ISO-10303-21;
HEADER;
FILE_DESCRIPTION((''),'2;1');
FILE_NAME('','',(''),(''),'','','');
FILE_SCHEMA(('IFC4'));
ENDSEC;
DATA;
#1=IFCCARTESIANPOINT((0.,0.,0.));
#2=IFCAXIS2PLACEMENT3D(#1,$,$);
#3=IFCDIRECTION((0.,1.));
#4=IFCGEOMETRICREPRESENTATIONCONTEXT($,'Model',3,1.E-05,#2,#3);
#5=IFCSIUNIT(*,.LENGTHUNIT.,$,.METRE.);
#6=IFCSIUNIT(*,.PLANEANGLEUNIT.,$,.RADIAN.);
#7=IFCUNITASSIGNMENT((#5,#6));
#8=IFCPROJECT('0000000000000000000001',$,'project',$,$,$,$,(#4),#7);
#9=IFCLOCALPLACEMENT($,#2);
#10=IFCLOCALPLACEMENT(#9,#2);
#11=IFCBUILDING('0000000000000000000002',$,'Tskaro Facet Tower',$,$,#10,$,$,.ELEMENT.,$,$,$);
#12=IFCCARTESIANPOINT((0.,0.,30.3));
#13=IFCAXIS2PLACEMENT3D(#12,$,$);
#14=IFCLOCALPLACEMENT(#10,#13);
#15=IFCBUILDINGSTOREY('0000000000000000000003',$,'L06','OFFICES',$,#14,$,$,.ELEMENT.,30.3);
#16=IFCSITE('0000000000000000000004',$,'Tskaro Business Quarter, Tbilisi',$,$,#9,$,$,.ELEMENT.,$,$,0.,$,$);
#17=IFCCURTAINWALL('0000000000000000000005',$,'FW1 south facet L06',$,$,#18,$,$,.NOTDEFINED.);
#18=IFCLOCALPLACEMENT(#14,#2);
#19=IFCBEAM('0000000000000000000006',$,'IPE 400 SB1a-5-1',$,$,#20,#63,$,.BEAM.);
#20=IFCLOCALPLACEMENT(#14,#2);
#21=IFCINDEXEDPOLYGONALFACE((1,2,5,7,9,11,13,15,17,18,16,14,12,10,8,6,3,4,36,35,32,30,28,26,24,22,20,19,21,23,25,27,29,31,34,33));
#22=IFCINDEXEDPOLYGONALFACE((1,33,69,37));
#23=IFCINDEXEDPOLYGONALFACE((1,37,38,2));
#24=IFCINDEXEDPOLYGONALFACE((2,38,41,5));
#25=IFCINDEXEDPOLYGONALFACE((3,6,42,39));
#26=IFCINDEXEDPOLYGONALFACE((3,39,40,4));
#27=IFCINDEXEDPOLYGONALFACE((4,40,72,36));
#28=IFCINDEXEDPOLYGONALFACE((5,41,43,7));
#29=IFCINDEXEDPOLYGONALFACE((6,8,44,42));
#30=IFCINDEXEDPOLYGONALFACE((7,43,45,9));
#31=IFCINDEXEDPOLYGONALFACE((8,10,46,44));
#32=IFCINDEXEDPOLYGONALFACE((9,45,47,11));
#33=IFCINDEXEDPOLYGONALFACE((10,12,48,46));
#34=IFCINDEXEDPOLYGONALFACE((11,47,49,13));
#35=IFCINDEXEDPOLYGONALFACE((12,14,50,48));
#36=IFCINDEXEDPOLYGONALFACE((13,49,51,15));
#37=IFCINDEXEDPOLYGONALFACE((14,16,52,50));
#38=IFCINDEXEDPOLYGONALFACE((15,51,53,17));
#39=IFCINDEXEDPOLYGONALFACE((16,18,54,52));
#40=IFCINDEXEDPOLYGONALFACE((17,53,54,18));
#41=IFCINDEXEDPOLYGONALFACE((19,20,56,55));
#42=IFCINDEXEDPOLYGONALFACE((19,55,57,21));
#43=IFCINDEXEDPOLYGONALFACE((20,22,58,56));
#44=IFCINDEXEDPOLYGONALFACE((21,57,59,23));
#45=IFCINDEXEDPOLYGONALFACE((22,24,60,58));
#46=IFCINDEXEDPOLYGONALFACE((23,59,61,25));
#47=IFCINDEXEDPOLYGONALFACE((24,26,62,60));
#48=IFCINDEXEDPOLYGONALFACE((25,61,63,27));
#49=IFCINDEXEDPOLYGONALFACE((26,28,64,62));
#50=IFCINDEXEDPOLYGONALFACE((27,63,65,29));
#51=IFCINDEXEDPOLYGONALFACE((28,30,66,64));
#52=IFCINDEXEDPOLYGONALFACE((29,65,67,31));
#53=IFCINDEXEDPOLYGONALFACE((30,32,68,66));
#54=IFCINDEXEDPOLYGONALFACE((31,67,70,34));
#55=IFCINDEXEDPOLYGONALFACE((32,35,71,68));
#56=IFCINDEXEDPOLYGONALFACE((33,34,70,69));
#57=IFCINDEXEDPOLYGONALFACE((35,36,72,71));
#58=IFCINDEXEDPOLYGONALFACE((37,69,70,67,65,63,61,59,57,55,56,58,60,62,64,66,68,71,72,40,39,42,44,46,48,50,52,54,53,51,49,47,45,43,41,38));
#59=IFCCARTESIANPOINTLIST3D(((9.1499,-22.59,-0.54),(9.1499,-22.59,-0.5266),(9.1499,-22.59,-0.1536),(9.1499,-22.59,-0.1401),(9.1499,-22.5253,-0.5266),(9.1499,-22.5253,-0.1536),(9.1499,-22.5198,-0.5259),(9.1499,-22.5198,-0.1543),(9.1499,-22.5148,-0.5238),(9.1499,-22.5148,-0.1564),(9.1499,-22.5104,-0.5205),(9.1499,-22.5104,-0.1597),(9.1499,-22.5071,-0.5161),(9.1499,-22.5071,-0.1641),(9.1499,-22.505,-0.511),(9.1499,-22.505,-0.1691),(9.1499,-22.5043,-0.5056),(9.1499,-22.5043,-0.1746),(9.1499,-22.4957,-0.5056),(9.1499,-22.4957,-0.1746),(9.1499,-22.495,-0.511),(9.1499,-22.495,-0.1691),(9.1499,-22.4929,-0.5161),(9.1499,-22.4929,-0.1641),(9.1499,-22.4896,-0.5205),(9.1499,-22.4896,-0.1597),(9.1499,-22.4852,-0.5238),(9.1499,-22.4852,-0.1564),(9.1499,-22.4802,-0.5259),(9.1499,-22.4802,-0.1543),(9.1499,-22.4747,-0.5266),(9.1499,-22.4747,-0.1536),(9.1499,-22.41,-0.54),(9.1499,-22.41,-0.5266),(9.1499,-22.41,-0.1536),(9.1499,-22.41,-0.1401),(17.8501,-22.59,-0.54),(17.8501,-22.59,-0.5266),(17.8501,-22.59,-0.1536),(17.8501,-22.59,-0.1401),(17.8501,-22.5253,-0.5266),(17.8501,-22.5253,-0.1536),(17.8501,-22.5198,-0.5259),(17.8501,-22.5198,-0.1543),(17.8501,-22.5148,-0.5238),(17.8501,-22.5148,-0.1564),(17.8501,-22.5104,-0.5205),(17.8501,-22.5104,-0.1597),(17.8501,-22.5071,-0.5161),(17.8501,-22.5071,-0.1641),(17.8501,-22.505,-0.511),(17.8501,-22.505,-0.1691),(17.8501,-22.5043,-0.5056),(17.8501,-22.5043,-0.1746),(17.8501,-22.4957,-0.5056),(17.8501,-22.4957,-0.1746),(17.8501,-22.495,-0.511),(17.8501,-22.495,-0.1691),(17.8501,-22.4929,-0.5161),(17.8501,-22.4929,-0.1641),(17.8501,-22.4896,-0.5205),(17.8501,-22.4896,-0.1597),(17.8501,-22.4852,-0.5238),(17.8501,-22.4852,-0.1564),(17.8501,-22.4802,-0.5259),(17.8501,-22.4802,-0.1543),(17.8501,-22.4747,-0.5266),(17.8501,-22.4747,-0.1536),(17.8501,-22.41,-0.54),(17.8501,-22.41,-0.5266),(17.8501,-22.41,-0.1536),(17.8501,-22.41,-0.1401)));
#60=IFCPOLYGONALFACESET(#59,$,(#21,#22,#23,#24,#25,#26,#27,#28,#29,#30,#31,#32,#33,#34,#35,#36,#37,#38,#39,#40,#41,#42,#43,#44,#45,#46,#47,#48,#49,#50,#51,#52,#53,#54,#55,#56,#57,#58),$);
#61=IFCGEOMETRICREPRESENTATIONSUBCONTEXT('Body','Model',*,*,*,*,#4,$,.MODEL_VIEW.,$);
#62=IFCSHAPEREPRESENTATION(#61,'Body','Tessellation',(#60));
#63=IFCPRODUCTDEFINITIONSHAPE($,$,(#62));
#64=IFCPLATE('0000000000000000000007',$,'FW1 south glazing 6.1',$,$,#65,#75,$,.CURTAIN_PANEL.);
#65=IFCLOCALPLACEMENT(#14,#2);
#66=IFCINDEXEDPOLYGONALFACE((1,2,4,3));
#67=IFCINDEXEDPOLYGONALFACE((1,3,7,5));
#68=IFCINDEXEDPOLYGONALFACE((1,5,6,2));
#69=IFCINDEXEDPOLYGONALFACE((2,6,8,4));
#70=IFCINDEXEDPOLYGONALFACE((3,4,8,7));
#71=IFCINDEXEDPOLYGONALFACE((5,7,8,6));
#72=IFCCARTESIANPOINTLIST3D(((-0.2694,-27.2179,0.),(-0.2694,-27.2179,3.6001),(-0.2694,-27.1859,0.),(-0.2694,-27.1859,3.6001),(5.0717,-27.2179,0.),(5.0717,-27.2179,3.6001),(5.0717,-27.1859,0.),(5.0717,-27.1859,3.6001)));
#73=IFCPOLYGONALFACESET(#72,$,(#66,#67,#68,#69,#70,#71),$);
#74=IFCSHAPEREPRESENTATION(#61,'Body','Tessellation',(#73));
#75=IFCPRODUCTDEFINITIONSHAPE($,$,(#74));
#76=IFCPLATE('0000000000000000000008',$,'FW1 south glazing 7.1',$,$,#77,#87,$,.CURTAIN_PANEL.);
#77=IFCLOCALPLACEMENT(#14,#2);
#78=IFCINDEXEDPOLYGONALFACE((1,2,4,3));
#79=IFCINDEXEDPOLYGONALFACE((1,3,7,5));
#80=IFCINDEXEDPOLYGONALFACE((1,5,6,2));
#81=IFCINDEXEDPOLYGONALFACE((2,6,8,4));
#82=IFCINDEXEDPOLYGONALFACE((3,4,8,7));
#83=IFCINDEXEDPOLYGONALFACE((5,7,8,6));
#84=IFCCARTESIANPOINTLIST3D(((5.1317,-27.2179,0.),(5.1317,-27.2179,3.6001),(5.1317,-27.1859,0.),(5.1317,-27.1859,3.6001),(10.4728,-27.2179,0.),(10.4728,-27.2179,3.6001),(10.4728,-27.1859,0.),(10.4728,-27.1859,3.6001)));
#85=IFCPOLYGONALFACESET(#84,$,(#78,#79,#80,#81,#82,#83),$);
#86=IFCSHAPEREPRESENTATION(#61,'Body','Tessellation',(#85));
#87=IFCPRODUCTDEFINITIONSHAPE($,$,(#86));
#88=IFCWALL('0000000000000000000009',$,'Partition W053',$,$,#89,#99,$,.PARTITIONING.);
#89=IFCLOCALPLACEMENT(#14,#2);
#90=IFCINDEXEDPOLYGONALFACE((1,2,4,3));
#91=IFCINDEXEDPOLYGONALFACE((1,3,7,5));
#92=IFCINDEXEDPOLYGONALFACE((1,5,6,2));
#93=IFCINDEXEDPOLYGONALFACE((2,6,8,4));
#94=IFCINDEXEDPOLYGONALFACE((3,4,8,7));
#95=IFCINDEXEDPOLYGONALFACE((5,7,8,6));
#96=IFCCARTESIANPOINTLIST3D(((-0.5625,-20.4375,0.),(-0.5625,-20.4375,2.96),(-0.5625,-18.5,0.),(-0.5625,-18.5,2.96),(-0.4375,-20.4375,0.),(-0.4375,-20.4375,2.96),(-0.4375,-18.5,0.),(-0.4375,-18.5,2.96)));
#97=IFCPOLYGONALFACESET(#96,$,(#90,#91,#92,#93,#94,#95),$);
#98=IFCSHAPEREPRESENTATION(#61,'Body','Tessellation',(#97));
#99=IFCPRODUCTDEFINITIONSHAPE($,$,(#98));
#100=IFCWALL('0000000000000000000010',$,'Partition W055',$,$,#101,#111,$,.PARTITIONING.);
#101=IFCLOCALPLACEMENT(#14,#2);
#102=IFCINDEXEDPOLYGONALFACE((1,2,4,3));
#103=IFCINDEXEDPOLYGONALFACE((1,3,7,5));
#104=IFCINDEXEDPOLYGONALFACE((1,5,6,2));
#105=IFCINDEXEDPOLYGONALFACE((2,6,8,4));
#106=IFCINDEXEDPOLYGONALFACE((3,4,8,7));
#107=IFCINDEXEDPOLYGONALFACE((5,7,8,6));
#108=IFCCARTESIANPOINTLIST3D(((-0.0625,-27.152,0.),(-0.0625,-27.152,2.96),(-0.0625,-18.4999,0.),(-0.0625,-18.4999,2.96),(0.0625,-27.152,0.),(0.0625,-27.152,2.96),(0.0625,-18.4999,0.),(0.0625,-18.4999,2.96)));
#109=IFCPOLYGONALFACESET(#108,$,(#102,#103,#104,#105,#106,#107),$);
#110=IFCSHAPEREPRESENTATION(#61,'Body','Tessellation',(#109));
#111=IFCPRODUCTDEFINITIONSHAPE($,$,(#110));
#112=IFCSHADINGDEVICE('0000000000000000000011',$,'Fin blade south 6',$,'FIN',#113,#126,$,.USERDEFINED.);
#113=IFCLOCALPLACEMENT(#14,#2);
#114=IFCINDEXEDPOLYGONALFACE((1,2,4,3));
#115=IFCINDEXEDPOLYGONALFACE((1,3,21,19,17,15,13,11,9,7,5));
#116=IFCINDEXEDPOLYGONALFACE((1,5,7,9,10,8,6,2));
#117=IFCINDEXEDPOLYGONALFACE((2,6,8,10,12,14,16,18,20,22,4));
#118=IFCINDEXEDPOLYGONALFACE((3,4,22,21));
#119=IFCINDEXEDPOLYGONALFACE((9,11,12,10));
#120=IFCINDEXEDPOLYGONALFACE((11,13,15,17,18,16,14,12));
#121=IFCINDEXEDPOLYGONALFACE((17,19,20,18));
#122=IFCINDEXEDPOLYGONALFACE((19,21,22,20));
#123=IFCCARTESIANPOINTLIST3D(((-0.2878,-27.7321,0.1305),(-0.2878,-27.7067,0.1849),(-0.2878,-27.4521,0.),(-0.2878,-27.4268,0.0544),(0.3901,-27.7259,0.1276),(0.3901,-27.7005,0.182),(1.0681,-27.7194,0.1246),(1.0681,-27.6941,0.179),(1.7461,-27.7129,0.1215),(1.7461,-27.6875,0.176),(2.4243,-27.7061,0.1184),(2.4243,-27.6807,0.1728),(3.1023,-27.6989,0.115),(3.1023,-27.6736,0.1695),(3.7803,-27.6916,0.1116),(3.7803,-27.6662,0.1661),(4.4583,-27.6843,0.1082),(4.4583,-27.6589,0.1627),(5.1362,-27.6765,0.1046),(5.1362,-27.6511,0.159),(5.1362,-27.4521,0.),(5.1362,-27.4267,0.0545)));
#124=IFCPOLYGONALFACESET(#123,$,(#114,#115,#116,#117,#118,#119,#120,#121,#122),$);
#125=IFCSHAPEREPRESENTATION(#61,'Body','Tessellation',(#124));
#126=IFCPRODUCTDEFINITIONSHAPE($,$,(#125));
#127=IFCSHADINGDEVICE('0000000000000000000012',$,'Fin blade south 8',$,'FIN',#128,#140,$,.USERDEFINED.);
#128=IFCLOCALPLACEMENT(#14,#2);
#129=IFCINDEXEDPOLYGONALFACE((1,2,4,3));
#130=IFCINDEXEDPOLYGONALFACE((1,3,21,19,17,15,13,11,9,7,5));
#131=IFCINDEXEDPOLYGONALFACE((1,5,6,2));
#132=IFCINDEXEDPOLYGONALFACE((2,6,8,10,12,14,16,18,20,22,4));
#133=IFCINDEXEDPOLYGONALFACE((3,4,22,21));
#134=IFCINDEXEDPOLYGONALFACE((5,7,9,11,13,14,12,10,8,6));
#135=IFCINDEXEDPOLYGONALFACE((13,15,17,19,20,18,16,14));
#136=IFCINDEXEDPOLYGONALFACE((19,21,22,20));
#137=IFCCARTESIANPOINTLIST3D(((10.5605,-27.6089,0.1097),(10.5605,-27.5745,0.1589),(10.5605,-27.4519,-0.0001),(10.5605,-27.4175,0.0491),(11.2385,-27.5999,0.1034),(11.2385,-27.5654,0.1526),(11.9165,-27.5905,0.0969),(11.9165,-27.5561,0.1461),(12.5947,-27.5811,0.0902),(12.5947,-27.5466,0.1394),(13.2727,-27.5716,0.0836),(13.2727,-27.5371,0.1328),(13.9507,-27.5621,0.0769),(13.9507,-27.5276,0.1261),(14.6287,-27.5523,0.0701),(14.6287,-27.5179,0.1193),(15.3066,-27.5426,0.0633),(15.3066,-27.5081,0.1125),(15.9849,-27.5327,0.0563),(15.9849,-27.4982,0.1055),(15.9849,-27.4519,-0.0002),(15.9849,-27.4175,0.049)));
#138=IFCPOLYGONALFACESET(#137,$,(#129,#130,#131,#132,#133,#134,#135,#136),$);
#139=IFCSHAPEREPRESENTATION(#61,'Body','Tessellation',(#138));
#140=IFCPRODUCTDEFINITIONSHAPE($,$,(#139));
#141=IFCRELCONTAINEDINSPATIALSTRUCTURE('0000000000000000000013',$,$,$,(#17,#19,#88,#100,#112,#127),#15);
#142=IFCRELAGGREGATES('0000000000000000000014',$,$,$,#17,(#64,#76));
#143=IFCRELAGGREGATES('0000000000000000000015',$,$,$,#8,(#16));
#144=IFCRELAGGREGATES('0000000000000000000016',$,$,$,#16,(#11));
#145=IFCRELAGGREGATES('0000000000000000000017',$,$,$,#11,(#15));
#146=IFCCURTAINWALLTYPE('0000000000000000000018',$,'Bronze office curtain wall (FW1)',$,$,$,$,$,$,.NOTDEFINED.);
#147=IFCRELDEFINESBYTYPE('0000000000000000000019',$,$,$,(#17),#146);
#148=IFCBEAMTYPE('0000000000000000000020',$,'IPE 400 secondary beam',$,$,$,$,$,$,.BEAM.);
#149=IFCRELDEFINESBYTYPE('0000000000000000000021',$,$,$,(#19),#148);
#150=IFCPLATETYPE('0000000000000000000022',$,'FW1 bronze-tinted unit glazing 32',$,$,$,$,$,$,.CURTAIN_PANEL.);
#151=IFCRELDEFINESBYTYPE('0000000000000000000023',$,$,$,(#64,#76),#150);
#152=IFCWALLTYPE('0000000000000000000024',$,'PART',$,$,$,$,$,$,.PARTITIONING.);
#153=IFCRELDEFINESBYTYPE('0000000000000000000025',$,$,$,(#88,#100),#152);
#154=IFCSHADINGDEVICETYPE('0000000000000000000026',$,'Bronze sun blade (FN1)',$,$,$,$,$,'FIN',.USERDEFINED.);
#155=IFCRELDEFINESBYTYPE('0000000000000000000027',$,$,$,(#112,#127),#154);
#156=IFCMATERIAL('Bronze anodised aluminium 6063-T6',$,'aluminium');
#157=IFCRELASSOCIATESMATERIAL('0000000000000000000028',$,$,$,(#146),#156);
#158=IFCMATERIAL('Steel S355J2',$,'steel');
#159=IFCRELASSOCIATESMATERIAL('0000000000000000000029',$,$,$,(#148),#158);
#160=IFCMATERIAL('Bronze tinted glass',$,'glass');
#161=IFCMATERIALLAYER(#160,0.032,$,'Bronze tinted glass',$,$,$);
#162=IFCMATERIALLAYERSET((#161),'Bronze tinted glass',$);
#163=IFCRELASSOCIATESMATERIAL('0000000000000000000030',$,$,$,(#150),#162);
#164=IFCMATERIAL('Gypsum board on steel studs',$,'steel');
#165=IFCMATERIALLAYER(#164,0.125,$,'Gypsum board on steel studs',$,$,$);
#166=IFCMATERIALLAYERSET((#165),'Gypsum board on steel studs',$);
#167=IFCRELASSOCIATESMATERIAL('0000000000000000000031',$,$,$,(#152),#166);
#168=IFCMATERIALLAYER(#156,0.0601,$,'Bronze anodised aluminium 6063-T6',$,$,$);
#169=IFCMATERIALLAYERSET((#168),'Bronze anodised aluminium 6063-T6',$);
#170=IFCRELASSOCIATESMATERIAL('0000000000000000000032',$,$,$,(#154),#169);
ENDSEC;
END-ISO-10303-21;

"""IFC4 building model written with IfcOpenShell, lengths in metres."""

from ifc_helpers import new_model, si_unit, direction, frame, frame_2d, origin, origin_2d, place, context, subcontext, project, spatial, polyline, rectangle, i_section, outline, extrude, material, layer, layer_set, material_profile, profile_set, type_object, element, aggregate, save


model = new_model("IFC4")

# Units and contexts
model_context = context("Model", 3, precision=1e-05, world=origin(), true_north=direction((0.0, 1.0)))
body_context = subcontext(model_context, "Body", "Model", "MODEL_VIEW")
ifc_project = project(units=[si_unit("LENGTHUNIT", "METRE"), si_unit("PLANEANGLEUNIT", "RADIAN")], contexts=[model_context])

# Site, building, storey
site_placement = place(None, origin())
site = spatial("IfcSite", under=ifc_project, at=site_placement, Name="Tskaro Business Quarter, Tbilisi", CompositionType="ELEMENT", RefElevation=0.0)
building_placement = place(site_placement, origin())
building = spatial("IfcBuilding", under=site, at=building_placement, Name="Tskaro Facet Tower", CompositionType="ELEMENT")
storey_placement = place(building_placement, frame((0.0, 0.0, 30.3)))
storey = spatial("IfcBuildingStorey", under=building, at=storey_placement, Name="L06", Description="OFFICES", CompositionType="ELEMENT", Elevation=30.3)

# Curtain wall
ifc_material_1 = material(Name="Bronze anodised aluminium 6063-T6", Category="aluminium")
curtain_wall_type = type_object("IfcCurtainWallType", Name="Bronze office curtain wall (FW1)", PredefinedType="NOTDEFINED", material=ifc_material_1)
curtain_wall_placement = place(storey_placement, origin())
curtain_wall = element("IfcCurtainWall", 1, at=curtain_wall_placement, inside=storey, type_object=curtain_wall_type, Name="FW1 south facet L06", PredefinedType="NOTDEFINED")

# Beam
ifc_material_2 = material(Name="Steel S355J2", Category="steel")
ifc_material_profile_1 = material_profile(ifc_material_2, i_section(OverallWidth=0.1799, OverallDepth=0.3999, WebThickness=0.0085, FlangeThickness=0.0134, FilletRadius=0.021, at=origin_2d()), Name="IPE 400")
ifc_profile_set_1 = profile_set([ifc_material_profile_1], Name="Steel S355J2")
beam_type_1 = type_object("IfcBeamType", Name="IPE 400 secondary beam", PredefinedType="BEAM", material=ifc_profile_set_1)
for number, where, z_axis, x_axis, name in (
    (2, (9.1499, -22.5, -0.3401), (1.0, 0.0, 0.0), (0.0, 1.0, 0.0), "IPE 400 SB1a-5-1"),
):
    element("IfcBeam", number, at=place(storey_placement, frame(where, z_axis=z_axis, x_axis=x_axis)), inside=storey, type_object=beam_type_1, Name=name, PredefinedType="BEAM", context=body_context, shape_type="SweptSolid", body=[
        extrude(i_section(OverallWidth=0.1799, OverallDepth=0.3999, WebThickness=0.0085, FlangeThickness=0.0134, FilletRadius=0.021, at=origin_2d()), origin(), (0.0, 0.0, 1.0), 8.7002),
    ])

# Plates
ifc_material_3 = material(Name="Bronze tinted glass", Category="glass")
ifc_layer_1 = layer(ifc_material_3, 0.032, Name="Bronze tinted glass")
ifc_layer_set_1 = layer_set([ifc_layer_1], Name="Bronze tinted glass")
plate_type = type_object("IfcPlateType", Name="FW1 bronze-tinted unit glazing 32", PredefinedType="CURTAIN_PANEL", material=ifc_layer_set_1)
plate_1_placement = place(storey_placement, frame((2.4011, -27.2019, 0.0), z_axis=(0.0, 0.0, 1.0), x_axis=(1.0, 0.0, 0.0)))
plate_1 = element("IfcPlate", 3, at=plate_1_placement, type_object=plate_type, Name="FW1 south glazing 6.1", PredefinedType="CURTAIN_PANEL", context=body_context, shape_type="SweptSolid", body=[
    extrude(rectangle(XDim=5.3411, YDim=0.032, at=origin_2d()), origin(), (0.0, 0.0, 1.0), 3.6001),
])
plate_2_placement = place(storey_placement, frame((7.8022, -27.2019, 0.0), z_axis=(0.0, 0.0, 1.0), x_axis=(1.0, 0.0, 0.0)))
plate_2 = element("IfcPlate", 4, at=plate_2_placement, type_object=plate_type, Name="FW1 south glazing 7.1", PredefinedType="CURTAIN_PANEL", context=body_context, shape_type="SweptSolid", body=[
    extrude(rectangle(XDim=5.3411, YDim=0.032, at=origin_2d()), origin(), (0.0, 0.0, 1.0), 3.6001),
])
aggregate(curtain_wall, [plate_1, plate_2])

# Walls
ifc_material_4 = material(Name="Gypsum board on steel studs", Category="steel")
ifc_layer_2 = layer(ifc_material_4, 0.125, Name="Gypsum board on steel studs")
ifc_layer_set_2 = layer_set([ifc_layer_2], Name="Gypsum board on steel studs")
wall_type = type_object("IfcWallType", Name="PART", PredefinedType="PARTITIONING", material=ifc_layer_set_2)
wall_1_placement = place(storey_placement, frame((-0.5, -20.4375, 0.0), z_axis=(0.0, 0.0, 1.0), x_axis=(0.0, 1.0, 0.0)))
element("IfcWall", 5, at=wall_1_placement, inside=storey, type_object=wall_type, Name="Partition W053", PredefinedType="PARTITIONING", context=body_context, shape_type="SweptSolid", body=[
    extrude(rectangle(XDim=1.9375, YDim=0.125, at=frame_2d((0.9688, 0.0))), origin(), (0.0, 0.0, 1.0), 2.96),
])
wall_2_placement = place(storey_placement, frame((0.0, -27.1521, 0.0), z_axis=(0.0, 0.0, 1.0), x_axis=(0.0, 1.0, 0.0)))
element("IfcWall", 6, at=wall_2_placement, inside=storey, type_object=wall_type, Name="Partition W055", PredefinedType="PARTITIONING", context=body_context, shape_type="SweptSolid", body=[
    extrude(rectangle(XDim=8.6521, YDim=0.125, at=frame_2d((4.3262, 0.0))), origin(), (0.0, 0.0, 1.0), 2.96),
])

# Shading devices
ifc_layer_3 = layer(ifc_material_1, 0.0601, Name="Bronze anodised aluminium 6063-T6")
ifc_layer_set_3 = layer_set([ifc_layer_3], Name="Bronze anodised aluminium 6063-T6")
shading_device_type = type_object("IfcShadingDeviceType", Name="Bronze sun blade (FN1)", ElementType="FIN", PredefinedType="USERDEFINED", material=ifc_layer_set_3)
shading_device_1_placement = place(storey_placement, frame((-0.2878, -27.4268, 0.0544), z_axis=(-0.000007, 0.422407, 0.906406), x_axis=(1.0, 0.000003, 0.000006)))
element("IfcShadingDevice", 7, at=shading_device_1_placement, inside=storey, type_object=shading_device_type, Name="Fin blade south 6", ObjectType="FIN", PredefinedType="USERDEFINED", context=body_context, shape_type="SweptSolid", body=[
    extrude(outline(polyline([(0.0, 0.0), (5.4241, 0.0), (5.4241, -0.2475), (4.7461, -0.2561), (4.0681, -0.2642), (3.3901, -0.2723), (2.7122, -0.2802), (2.0339, -0.2877), (1.356, -0.2949), (0.678, -0.302), (0.0, -0.3089), (0.0, 0.0)])), origin(), (0.0, 0.0, -1.0), 0.0601),
])
shading_device_2_placement = place(storey_placement, frame((10.5605, -27.4175, 0.0491), z_axis=(0.000008, 0.573378, 0.819291), x_axis=(1.0, -0.000005, -0.000007)))
element("IfcShadingDevice", 8, at=shading_device_2_placement, inside=storey, type_object=shading_device_type, Name="Fin blade south 8", ObjectType="FIN", PredefinedType="USERDEFINED", context=body_context, shape_type="SweptSolid", body=[
    extrude(outline(polyline([(0.0, 0.0), (5.4243, 0.0), (5.4243, -0.0985), (4.7461, -0.1106), (4.0681, -0.1225), (3.3901, -0.1344), (2.7122, -0.146), (2.0342, -0.1576), (1.356, -0.1692), (0.678, -0.1806), (0.0, -0.1916), (0.0, 0.0)])), origin(), (0.0, 0.0, -1.0), 0.0601),
])

save(model, "model.ifc")
